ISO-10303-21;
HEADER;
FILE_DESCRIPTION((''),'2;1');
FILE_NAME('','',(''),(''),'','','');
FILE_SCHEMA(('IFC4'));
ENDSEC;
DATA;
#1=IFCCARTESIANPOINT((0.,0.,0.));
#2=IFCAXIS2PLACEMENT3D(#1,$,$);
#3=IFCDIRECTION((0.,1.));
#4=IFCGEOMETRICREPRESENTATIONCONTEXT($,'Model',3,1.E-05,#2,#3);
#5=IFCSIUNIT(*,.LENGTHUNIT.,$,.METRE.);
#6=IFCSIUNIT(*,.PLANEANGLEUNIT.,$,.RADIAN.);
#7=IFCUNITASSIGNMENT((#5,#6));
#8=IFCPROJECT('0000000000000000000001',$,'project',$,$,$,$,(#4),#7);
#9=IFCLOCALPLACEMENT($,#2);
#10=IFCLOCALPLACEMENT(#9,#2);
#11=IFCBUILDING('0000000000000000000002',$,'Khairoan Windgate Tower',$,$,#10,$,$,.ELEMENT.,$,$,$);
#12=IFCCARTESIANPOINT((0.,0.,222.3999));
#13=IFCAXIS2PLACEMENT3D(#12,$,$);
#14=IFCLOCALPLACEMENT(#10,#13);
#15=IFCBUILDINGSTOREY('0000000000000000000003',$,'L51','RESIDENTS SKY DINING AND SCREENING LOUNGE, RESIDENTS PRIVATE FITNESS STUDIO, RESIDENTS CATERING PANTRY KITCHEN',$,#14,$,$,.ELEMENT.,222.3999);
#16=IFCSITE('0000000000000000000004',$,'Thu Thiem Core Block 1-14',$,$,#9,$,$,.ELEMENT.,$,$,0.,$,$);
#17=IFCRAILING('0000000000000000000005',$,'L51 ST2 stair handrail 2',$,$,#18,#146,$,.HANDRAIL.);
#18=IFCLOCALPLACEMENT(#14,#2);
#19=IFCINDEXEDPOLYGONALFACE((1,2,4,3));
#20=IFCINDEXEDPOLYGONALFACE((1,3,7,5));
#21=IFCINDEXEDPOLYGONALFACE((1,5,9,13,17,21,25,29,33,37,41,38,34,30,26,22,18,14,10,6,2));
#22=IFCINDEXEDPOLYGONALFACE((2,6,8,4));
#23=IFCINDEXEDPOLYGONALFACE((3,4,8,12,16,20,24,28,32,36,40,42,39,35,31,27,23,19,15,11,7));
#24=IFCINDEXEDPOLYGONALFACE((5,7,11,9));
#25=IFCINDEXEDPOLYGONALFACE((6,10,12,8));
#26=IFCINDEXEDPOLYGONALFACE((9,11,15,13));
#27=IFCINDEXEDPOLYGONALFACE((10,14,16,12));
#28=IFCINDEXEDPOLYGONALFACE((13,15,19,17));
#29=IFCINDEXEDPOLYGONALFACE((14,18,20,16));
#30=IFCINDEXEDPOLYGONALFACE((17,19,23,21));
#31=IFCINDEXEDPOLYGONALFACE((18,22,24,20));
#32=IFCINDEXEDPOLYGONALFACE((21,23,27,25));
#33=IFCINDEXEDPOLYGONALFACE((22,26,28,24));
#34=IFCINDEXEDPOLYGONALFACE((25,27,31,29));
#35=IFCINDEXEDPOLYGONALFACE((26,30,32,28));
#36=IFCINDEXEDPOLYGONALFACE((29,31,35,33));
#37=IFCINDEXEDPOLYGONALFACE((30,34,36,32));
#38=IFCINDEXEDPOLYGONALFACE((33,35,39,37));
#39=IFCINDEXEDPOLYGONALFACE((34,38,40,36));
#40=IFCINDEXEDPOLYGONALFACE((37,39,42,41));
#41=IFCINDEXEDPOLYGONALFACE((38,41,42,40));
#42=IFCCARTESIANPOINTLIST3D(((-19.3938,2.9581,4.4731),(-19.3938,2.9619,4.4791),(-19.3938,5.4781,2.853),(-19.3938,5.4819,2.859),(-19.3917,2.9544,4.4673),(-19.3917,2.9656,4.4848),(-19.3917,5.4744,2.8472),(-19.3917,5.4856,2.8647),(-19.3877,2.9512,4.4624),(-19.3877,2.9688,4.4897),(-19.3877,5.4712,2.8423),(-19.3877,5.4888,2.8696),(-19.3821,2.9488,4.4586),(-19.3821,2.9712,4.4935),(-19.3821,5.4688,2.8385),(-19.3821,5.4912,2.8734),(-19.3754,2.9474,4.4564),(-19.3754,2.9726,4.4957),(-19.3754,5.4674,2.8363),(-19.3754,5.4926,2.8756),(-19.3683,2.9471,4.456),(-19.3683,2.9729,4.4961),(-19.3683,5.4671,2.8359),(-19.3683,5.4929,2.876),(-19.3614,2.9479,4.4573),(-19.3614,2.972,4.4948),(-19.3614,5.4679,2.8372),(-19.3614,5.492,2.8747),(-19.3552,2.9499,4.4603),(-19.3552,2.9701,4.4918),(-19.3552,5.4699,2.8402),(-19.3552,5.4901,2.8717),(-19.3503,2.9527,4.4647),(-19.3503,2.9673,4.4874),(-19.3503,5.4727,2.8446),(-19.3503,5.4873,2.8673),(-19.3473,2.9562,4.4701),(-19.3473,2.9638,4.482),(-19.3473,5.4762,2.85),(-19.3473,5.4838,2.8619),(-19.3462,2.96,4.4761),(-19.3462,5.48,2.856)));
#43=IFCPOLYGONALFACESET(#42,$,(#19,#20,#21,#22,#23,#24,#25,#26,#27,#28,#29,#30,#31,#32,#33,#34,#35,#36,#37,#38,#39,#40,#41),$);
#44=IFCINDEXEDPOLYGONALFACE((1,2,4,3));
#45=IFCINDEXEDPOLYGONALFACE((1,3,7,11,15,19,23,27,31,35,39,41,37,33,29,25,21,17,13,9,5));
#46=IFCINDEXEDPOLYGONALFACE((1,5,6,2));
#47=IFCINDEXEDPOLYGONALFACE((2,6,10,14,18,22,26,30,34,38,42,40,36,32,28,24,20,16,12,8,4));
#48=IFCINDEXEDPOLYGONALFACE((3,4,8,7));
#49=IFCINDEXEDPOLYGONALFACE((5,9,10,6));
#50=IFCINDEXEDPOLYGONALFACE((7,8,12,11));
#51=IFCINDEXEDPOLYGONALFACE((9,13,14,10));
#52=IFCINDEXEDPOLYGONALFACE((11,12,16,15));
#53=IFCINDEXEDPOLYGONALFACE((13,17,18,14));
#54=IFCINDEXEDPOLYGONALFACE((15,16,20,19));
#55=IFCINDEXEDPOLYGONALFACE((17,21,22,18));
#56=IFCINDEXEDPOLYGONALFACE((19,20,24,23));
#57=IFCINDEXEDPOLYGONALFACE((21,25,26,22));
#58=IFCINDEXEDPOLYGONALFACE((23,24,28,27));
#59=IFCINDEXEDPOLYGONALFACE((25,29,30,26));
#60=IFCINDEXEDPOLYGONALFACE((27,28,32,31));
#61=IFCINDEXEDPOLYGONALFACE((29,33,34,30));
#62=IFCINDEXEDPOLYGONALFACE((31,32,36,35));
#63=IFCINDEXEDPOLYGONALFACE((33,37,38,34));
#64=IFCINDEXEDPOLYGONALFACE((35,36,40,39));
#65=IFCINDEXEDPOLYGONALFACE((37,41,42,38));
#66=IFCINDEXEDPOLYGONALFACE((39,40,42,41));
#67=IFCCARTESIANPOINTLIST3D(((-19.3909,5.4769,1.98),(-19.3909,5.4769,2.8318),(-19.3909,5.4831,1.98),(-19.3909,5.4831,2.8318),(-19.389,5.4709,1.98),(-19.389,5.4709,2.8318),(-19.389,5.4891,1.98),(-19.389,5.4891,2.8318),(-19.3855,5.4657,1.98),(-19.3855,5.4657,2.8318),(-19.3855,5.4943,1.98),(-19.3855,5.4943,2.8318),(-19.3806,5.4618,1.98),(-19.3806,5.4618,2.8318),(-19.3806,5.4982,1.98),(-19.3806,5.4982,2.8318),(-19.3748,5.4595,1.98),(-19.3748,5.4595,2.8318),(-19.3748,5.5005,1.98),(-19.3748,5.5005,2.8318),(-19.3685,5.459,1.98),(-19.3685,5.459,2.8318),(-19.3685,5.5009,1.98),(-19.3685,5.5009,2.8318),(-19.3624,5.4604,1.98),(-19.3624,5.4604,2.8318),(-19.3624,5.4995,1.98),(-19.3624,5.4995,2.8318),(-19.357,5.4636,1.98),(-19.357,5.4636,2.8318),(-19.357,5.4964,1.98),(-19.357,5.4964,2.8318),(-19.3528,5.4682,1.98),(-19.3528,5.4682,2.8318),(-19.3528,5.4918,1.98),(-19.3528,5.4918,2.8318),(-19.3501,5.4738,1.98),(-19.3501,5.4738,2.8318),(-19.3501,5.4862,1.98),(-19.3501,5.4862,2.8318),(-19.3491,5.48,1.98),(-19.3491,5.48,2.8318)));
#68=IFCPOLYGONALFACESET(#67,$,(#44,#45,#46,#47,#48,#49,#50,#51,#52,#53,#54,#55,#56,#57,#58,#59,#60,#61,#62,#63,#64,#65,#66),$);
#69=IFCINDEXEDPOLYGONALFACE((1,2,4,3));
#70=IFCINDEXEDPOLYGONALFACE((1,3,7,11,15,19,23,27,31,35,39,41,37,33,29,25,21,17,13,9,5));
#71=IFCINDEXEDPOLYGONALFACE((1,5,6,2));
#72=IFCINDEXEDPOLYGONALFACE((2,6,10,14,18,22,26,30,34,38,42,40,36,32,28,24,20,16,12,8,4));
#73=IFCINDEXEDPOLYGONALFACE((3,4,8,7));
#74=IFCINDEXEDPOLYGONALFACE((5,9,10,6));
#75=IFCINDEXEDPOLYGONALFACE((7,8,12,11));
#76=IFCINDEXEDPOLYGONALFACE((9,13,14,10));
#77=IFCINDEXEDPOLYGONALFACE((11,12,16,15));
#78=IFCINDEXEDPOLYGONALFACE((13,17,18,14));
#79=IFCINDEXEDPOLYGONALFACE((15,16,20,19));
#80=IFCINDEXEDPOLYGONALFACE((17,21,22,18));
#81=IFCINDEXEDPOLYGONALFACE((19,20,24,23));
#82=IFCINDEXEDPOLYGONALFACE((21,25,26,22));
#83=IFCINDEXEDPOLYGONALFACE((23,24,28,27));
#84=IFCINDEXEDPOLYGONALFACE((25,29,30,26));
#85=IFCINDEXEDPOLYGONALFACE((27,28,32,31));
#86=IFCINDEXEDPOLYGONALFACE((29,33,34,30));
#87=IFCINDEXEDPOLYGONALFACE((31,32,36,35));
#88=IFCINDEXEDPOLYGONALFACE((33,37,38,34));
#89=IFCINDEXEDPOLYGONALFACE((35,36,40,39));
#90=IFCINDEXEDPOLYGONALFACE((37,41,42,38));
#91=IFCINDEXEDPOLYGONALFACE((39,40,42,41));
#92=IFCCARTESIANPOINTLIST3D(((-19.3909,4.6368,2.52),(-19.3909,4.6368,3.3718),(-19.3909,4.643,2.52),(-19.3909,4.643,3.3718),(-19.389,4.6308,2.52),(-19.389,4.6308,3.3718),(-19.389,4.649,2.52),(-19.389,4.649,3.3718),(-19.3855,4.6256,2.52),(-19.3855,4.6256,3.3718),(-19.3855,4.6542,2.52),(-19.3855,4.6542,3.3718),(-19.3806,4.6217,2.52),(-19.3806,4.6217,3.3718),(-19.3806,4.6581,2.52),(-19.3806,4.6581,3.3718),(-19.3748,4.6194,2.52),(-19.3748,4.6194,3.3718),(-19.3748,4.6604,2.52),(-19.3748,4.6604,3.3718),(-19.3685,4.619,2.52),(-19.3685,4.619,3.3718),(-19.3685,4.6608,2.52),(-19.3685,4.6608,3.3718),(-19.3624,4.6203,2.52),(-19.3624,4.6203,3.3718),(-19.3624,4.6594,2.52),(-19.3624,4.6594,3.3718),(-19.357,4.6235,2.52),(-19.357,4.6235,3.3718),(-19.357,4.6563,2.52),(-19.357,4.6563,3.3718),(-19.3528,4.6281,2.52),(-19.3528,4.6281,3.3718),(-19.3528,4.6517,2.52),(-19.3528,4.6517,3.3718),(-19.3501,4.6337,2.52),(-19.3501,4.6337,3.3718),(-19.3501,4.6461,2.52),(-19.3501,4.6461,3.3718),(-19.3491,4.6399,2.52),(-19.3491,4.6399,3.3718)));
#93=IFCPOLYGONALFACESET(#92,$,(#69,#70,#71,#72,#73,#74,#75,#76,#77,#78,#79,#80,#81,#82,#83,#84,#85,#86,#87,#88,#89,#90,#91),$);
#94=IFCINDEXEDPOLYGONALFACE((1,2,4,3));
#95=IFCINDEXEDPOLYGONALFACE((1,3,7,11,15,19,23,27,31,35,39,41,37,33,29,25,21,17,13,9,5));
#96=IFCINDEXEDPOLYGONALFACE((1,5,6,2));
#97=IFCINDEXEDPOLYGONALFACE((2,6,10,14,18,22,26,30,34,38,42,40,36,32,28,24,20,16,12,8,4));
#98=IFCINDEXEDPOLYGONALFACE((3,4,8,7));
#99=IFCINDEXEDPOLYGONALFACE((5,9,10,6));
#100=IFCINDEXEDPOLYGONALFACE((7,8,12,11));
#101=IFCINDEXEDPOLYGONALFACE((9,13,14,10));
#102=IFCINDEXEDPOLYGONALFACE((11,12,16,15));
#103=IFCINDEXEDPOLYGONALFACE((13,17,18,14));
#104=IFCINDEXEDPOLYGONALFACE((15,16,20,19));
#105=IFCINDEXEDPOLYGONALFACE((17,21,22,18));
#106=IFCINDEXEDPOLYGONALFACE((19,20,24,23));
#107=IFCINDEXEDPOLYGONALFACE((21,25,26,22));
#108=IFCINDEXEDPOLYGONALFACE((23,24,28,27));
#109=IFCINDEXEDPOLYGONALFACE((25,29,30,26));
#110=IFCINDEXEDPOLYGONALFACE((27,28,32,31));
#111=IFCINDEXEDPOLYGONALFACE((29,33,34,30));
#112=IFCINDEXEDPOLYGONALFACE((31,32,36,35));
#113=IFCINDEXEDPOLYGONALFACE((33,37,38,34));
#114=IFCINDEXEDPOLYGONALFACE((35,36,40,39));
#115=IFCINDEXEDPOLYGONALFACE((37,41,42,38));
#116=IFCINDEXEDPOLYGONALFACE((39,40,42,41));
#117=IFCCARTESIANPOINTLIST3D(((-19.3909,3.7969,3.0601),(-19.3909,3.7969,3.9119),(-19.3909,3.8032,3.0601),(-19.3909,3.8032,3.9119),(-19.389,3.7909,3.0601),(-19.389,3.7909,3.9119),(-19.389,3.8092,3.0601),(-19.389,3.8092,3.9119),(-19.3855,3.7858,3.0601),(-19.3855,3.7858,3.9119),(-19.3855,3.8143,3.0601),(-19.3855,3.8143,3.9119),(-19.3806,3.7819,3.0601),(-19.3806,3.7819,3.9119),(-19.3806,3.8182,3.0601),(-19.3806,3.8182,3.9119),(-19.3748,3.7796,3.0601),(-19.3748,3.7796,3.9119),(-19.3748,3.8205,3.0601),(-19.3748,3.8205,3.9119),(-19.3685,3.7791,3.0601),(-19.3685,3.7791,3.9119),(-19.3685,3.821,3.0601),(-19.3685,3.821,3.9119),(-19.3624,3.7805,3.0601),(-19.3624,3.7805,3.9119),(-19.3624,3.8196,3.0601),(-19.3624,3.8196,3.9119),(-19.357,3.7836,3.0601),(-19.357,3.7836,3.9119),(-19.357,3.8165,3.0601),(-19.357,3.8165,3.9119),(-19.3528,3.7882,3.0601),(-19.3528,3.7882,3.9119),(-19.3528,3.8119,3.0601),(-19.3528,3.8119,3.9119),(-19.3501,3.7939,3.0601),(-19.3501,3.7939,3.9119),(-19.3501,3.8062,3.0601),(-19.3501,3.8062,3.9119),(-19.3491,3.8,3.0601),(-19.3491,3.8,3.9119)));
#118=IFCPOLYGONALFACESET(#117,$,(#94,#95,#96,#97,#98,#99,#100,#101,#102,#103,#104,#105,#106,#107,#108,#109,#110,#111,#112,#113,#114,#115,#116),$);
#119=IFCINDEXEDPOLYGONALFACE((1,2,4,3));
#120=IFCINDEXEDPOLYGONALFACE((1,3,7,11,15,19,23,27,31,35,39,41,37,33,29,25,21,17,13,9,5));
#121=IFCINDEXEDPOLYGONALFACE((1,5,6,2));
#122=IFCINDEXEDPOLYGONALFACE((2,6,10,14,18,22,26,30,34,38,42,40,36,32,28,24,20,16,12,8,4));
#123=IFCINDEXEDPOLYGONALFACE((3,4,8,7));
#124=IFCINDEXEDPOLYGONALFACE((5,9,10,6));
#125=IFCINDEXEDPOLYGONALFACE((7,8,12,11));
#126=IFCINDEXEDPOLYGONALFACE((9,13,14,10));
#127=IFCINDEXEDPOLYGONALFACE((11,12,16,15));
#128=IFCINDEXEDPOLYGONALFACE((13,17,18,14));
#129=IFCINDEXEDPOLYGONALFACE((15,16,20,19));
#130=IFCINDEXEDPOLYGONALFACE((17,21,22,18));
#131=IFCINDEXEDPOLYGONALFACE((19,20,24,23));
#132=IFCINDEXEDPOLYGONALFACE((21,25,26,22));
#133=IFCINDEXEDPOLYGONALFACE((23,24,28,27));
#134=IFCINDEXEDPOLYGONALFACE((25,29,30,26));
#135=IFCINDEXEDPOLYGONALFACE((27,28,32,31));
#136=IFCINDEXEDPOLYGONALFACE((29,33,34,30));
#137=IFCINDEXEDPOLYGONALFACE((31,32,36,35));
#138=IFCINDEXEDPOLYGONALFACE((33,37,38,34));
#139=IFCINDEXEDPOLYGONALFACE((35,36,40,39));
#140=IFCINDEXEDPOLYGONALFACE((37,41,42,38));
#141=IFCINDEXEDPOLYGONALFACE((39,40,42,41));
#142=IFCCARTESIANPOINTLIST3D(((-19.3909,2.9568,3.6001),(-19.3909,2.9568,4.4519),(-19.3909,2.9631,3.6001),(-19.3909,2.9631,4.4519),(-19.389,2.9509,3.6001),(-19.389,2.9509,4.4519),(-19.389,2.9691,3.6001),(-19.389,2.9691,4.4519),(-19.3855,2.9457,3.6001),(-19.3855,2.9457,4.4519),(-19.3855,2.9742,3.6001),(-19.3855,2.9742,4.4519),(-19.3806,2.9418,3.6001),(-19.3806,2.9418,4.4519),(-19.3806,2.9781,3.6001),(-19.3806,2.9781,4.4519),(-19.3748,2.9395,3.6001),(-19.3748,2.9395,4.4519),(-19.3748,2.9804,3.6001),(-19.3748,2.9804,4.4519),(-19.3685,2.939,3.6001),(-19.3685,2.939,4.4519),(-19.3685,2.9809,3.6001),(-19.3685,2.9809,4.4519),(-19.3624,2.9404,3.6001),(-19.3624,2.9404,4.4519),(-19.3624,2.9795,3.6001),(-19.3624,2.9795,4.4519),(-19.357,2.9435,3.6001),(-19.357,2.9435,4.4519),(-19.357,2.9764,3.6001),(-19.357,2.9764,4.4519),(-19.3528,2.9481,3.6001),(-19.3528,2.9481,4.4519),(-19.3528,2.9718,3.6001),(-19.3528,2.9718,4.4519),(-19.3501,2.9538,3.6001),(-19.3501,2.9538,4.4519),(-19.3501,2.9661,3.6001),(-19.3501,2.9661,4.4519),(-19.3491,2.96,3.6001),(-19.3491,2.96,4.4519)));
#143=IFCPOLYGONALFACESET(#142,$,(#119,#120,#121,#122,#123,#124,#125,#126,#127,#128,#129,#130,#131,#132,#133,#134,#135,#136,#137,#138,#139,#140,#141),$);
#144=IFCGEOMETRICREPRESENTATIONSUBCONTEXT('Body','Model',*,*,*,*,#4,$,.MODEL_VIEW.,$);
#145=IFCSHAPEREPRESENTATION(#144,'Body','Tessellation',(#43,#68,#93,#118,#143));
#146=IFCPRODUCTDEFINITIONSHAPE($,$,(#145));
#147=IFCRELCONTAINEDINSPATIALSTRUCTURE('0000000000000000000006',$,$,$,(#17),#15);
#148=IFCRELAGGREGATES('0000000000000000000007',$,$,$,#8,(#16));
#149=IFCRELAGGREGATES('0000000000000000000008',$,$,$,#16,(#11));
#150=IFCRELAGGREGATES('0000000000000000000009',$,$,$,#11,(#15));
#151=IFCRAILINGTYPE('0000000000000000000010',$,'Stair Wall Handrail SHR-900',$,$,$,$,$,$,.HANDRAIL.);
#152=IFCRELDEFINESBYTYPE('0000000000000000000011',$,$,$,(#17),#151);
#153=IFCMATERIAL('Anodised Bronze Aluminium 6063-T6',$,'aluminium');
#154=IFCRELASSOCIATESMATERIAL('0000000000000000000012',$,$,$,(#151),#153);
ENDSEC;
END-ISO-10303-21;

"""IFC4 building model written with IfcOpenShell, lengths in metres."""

from ifc_helpers import new_model, si_unit, direction, frame, origin, origin_2d, place, context, subcontext, project, spatial, circle, extrude, material, type_object, element, save


model = new_model("IFC4")

# Units and contexts
model_context = context("Model", 3, precision=1e-05, world=origin(), true_north=direction((0.0, 1.0)))
body_context = subcontext(model_context, "Body", "Model", "MODEL_VIEW")
ifc_project = project(units=[si_unit("LENGTHUNIT", "METRE"), si_unit("PLANEANGLEUNIT", "RADIAN")], contexts=[model_context])

# Site, building, storey
site_placement = place(None, origin())
site = spatial("IfcSite", under=ifc_project, at=site_placement, Name="Thu Thiem Core Block 1-14", CompositionType="ELEMENT", RefElevation=0.0)
building_placement = place(site_placement, origin())
building = spatial("IfcBuilding", under=site, at=building_placement, Name="Khairoan Windgate Tower", CompositionType="ELEMENT")
storey_placement = place(building_placement, frame((0.0, 0.0, 222.3999)))
storey = spatial("IfcBuildingStorey", under=building, at=storey_placement, Name="L51", Description="RESIDENTS SKY DINING AND SCREENING LOUNGE, RESIDENTS PRIVATE FITNESS STUDIO, RESIDENTS CATERING PANTRY KITCHEN", CompositionType="ELEMENT", Elevation=222.3999)

# Railing
ifc_material_1 = material(Name="Anodised Bronze Aluminium 6063-T6", Category="aluminium")
railing_type_1 = type_object("IfcRailingType", Name="Stair Wall Handrail SHR-900", PredefinedType="HANDRAIL", material=ifc_material_1)
railing_1_placement = place(storey_placement, frame((-19.3701, 5.48, 1.98)))
element("IfcRailing", 1, at=railing_1_placement, inside=storey, type_object=railing_type_1, Name="L51 ST2 stair handrail 2", PredefinedType="HANDRAIL", context=body_context, shape_type="SweptSolid", body=[
    extrude(circle(Radius=0.0239, at=origin_2d()), frame((0.0, 0.0, 0.876), z_axis=(0.0, -0.841163, 0.540782), x_axis=(1.0, 0.0, 0.0)), (0.0, 0.0, 1.0), 2.9958),
    extrude(circle(Radius=0.021, at=origin_2d()), origin(), (0.0, 0.0, 1.0), 0.8518),
    extrude(circle(Radius=0.021, at=origin_2d()), frame((0.0, -0.8401, 0.54)), (0.0, 0.0, 1.0), 0.8518),
    extrude(circle(Radius=0.021, at=origin_2d()), frame((0.0, -1.6799, 1.0801)), (0.0, 0.0, 1.0), 0.8518),
    extrude(circle(Radius=0.021, at=origin_2d()), frame((0.0, -2.52, 1.6201)), (0.0, 0.0, 1.0), 0.8518),
])

save(model, "model.ifc")
